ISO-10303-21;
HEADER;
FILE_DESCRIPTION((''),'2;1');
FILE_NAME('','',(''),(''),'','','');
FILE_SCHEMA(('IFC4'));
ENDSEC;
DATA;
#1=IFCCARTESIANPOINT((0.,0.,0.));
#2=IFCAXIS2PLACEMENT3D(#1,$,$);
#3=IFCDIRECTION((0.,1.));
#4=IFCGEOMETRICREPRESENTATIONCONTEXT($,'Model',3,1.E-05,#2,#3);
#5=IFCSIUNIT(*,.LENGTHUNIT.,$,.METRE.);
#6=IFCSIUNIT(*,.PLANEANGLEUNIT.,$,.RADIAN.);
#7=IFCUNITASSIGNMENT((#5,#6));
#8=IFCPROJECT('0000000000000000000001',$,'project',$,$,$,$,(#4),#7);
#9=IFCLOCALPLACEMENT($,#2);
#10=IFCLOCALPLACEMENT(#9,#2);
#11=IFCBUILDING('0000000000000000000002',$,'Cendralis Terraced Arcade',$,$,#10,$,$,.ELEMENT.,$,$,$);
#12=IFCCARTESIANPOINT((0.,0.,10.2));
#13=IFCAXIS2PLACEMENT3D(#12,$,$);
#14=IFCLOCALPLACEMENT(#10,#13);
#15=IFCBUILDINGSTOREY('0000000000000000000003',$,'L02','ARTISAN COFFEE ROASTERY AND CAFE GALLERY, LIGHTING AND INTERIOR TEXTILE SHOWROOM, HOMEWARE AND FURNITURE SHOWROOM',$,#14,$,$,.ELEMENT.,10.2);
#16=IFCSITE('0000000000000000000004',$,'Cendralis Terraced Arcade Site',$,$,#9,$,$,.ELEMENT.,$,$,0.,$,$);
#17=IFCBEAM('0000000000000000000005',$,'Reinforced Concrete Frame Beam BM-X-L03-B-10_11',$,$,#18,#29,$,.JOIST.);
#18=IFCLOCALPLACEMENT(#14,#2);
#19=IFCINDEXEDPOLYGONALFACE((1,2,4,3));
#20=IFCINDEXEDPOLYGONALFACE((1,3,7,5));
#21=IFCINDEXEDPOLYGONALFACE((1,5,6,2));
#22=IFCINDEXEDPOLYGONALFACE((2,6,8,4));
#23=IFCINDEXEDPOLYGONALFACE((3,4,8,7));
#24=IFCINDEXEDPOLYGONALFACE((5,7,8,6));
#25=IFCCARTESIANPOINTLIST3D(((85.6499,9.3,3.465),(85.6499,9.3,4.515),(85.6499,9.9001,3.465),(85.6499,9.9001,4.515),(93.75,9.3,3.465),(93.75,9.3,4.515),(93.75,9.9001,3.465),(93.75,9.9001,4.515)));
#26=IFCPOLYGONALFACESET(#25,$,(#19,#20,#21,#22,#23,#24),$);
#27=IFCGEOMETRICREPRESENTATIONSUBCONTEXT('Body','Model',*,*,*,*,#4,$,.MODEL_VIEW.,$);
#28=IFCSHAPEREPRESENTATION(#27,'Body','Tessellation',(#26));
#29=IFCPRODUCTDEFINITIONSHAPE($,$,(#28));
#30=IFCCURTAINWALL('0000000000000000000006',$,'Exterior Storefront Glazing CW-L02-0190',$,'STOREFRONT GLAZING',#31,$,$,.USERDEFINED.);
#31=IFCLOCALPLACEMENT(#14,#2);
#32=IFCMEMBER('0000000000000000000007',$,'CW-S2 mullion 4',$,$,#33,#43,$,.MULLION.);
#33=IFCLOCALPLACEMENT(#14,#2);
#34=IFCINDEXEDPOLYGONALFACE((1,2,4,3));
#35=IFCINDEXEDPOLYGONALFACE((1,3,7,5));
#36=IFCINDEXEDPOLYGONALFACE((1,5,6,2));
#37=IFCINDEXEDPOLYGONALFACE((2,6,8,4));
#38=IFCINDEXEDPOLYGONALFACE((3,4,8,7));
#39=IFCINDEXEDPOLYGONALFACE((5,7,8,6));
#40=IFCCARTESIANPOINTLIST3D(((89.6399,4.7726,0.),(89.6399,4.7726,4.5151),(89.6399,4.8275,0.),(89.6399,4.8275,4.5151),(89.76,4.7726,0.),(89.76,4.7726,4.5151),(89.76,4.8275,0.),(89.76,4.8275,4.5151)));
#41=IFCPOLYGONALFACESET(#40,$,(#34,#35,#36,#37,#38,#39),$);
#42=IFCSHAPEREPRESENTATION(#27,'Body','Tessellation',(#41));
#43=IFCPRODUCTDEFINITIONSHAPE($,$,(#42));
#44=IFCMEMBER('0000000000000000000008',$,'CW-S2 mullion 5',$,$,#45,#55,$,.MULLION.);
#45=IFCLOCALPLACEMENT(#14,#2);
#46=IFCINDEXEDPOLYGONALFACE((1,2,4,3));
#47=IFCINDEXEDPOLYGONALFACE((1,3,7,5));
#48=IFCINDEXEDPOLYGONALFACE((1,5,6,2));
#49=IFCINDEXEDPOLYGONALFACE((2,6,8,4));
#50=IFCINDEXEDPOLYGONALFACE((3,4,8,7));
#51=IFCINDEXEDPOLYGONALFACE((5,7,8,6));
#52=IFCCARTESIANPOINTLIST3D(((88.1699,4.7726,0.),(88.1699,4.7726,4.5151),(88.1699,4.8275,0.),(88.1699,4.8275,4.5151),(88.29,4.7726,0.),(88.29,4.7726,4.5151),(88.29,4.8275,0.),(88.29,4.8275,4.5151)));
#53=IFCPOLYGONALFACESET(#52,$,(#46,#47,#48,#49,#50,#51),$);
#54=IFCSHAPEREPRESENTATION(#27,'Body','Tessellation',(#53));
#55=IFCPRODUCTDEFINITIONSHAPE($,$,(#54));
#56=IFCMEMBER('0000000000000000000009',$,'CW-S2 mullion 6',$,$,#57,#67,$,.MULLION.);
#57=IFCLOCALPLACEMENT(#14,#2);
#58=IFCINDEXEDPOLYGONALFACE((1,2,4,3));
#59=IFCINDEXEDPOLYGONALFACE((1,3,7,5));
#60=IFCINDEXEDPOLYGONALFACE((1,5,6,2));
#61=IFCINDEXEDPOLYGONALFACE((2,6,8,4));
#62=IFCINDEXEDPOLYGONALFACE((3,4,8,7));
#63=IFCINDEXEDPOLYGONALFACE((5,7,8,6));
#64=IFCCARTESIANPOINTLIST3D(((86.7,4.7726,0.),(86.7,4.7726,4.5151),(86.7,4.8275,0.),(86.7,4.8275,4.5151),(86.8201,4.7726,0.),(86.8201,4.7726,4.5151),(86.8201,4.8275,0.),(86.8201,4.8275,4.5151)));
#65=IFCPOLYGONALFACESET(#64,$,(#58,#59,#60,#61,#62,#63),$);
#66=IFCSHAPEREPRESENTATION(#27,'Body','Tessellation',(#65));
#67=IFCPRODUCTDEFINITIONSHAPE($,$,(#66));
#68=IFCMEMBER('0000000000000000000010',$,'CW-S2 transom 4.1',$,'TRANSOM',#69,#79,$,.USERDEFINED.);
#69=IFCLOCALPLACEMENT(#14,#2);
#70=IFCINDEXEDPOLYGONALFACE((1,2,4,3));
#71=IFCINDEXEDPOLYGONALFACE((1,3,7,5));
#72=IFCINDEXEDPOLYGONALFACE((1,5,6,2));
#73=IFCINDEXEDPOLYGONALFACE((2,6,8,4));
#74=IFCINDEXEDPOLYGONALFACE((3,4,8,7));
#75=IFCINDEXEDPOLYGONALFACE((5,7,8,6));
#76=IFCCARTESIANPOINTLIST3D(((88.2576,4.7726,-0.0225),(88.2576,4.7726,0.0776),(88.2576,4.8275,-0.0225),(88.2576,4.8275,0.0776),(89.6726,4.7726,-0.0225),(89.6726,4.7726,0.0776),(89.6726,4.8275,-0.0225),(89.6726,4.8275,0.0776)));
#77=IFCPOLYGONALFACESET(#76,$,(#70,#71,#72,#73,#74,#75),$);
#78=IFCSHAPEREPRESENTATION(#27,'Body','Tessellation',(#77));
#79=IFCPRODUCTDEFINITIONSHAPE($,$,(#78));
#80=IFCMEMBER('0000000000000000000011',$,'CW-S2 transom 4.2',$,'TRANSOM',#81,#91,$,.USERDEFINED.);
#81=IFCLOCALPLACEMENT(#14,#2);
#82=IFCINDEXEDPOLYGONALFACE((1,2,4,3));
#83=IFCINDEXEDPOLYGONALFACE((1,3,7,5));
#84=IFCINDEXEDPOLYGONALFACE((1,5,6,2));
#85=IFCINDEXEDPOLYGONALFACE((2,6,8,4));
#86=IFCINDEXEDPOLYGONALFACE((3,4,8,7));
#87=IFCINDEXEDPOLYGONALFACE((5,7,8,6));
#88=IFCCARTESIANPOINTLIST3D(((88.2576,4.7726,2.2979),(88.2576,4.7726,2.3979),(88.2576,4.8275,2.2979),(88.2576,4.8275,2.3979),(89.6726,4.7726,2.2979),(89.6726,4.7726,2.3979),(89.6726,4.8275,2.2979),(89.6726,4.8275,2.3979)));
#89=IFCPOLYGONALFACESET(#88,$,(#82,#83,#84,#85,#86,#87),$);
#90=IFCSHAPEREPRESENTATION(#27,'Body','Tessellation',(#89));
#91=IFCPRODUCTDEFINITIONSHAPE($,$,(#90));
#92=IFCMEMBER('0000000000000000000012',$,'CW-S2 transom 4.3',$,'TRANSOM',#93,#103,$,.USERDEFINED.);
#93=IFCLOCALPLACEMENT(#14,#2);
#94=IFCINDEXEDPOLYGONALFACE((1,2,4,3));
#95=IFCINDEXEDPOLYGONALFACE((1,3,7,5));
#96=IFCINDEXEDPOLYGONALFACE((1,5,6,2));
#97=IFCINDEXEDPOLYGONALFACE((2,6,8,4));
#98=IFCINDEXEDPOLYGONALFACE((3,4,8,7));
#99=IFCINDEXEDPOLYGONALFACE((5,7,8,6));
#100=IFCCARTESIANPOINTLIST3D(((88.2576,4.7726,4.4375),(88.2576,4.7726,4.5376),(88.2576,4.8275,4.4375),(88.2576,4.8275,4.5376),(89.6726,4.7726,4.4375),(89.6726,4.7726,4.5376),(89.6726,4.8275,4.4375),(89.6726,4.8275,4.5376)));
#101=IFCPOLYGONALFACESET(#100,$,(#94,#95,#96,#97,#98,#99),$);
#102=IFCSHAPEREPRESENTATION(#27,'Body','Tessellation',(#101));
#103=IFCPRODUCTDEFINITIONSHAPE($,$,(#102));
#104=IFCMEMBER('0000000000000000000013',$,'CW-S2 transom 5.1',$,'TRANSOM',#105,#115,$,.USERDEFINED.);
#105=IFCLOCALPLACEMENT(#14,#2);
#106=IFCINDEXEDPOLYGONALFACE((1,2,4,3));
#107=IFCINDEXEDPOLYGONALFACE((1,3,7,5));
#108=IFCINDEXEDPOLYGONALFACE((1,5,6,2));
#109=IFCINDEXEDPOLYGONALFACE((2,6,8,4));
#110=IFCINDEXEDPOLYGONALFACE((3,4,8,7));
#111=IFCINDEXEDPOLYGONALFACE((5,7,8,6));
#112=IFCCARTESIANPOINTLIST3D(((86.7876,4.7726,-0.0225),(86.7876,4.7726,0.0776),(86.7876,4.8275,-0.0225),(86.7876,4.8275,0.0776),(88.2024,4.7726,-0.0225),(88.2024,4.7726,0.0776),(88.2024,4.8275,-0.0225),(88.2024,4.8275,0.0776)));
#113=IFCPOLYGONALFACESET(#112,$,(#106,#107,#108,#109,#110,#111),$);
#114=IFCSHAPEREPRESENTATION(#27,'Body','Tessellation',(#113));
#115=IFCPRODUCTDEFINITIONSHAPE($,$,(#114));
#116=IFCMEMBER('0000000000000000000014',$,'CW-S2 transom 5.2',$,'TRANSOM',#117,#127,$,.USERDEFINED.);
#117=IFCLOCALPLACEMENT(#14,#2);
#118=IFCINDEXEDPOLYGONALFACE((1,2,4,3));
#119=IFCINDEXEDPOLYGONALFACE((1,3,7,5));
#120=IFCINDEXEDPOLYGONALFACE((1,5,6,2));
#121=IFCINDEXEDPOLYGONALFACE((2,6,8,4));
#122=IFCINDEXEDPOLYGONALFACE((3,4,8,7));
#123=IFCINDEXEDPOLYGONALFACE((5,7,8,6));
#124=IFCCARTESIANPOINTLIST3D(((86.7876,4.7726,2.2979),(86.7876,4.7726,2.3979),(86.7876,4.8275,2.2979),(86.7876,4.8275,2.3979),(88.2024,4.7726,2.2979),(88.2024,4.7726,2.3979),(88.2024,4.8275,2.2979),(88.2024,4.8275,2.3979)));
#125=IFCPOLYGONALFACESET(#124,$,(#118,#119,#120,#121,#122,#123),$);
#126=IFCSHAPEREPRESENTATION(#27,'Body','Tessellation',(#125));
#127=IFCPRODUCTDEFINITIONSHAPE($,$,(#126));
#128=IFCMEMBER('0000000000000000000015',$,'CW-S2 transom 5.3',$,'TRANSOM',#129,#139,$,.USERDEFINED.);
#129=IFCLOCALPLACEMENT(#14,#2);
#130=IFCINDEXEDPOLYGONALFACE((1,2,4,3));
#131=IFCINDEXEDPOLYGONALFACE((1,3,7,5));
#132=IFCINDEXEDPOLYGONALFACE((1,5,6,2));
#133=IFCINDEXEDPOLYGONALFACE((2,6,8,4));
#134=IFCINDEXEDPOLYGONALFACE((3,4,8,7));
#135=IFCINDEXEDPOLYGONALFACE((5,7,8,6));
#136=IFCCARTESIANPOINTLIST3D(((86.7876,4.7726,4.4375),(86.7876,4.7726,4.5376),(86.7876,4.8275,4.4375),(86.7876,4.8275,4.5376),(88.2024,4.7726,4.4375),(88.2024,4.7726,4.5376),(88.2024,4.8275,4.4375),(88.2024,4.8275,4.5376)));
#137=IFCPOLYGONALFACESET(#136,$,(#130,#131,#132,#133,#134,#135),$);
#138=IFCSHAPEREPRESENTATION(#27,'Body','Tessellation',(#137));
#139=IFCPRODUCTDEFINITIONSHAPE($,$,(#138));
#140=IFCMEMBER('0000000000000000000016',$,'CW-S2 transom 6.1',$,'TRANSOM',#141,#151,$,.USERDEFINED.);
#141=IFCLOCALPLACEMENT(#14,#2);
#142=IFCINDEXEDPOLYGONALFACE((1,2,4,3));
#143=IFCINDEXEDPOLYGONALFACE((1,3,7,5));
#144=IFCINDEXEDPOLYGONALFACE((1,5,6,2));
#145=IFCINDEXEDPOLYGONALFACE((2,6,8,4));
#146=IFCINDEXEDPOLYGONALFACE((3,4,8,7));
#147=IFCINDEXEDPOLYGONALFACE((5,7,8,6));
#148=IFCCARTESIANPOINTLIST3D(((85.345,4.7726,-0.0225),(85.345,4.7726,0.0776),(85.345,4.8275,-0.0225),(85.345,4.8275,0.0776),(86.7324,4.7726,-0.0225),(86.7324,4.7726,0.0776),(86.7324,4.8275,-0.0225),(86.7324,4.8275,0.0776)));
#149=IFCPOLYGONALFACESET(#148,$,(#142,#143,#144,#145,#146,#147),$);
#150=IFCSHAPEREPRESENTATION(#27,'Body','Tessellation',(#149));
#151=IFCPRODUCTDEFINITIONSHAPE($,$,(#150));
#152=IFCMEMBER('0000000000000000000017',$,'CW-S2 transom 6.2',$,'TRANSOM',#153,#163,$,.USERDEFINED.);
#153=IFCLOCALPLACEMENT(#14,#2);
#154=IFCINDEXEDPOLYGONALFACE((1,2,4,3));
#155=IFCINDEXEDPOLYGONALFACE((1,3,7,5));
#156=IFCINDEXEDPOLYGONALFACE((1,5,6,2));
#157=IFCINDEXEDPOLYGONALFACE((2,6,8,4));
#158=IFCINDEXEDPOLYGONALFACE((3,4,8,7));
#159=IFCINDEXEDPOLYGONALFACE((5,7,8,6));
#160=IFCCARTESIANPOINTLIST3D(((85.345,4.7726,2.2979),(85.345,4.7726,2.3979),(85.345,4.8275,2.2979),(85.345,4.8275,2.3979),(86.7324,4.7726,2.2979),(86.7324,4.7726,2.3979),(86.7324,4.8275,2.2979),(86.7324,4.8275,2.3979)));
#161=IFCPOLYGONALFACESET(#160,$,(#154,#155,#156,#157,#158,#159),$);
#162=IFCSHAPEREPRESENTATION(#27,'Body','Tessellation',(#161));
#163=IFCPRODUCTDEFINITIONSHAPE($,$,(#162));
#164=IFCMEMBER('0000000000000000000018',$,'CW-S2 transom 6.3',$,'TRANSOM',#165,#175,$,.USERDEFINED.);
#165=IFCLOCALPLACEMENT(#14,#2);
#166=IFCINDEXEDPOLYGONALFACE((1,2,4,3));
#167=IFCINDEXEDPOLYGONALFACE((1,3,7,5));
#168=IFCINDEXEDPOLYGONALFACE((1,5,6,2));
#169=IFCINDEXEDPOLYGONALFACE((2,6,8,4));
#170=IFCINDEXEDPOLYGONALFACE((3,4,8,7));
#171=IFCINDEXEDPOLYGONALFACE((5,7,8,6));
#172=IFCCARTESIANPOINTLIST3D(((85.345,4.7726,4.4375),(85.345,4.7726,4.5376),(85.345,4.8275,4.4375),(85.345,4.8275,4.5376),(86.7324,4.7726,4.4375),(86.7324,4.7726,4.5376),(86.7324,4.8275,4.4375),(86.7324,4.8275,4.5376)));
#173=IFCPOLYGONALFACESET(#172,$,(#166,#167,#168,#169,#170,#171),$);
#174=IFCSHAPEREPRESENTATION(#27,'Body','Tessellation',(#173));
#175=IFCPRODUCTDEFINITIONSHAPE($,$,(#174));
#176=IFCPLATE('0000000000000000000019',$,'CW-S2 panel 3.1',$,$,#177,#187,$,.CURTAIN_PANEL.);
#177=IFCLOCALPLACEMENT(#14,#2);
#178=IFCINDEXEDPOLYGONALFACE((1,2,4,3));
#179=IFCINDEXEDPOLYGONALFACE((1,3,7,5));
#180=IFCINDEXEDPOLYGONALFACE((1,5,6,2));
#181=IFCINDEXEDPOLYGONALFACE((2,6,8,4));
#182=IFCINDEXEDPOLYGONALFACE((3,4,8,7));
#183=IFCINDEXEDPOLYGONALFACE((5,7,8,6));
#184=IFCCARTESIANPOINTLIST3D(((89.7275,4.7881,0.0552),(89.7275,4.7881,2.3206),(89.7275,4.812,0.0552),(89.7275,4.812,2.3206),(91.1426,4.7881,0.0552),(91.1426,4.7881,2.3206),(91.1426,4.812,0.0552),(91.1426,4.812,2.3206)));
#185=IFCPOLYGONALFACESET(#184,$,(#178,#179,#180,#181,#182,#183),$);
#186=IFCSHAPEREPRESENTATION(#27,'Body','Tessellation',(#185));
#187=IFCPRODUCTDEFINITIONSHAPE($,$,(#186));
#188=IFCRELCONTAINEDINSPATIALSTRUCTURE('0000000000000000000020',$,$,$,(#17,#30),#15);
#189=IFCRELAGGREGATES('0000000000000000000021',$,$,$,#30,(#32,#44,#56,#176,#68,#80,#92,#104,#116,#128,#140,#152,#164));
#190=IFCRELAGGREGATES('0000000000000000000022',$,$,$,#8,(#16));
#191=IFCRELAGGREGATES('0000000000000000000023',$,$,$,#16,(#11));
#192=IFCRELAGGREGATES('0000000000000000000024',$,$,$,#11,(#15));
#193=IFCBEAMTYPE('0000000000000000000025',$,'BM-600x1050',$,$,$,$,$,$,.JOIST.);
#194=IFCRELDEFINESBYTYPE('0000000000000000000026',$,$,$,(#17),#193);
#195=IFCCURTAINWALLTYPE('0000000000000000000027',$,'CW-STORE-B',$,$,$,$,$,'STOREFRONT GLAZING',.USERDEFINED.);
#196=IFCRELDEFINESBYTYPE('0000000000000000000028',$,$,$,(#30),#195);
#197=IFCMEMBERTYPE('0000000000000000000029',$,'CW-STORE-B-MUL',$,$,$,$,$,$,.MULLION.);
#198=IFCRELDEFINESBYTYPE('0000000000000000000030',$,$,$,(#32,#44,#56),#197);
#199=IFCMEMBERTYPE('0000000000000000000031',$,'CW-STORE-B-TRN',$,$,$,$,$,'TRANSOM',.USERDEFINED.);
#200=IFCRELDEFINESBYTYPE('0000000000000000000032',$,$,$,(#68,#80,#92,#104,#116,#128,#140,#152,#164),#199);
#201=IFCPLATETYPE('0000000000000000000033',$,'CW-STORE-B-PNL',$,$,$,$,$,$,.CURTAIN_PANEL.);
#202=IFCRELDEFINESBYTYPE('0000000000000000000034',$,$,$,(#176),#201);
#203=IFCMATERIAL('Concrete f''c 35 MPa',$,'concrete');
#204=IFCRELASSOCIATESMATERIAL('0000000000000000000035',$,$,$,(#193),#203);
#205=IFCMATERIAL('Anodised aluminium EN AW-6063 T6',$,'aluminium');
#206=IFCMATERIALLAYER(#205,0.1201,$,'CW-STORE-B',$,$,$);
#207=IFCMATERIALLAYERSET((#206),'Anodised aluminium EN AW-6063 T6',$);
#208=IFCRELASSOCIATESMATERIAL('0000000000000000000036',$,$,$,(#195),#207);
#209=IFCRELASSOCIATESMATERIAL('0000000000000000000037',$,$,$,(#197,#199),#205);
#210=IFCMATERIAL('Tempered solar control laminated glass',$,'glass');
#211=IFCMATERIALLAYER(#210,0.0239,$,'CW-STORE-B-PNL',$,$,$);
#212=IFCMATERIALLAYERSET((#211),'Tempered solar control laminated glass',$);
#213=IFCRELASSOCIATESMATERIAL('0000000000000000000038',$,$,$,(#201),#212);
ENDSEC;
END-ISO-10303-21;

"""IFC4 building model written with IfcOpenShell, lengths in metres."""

from ifc_helpers import new_model, si_unit, direction, frame, origin, origin_2d, place, context, subcontext, project, spatial, rectangle, extrude, material, layer, layer_set, material_profile, profile_set, type_object, element, aggregate, save


model = new_model("IFC4")

# Units and contexts
model_context = context("Model", 3, precision=1e-05, world=origin(), true_north=direction((0.0, 1.0)))
body_context = subcontext(model_context, "Body", "Model", "MODEL_VIEW")
ifc_project = project(units=[si_unit("LENGTHUNIT", "METRE"), si_unit("PLANEANGLEUNIT", "RADIAN")], contexts=[model_context])

# Site, building, storey
site_placement = place(None, origin())
site = spatial("IfcSite", under=ifc_project, at=site_placement, Name="Cendralis Terraced Arcade Site", CompositionType="ELEMENT", RefElevation=0.0)
building_placement = place(site_placement, origin())
building = spatial("IfcBuilding", under=site, at=building_placement, Name="Cendralis Terraced Arcade", CompositionType="ELEMENT")
storey_placement = place(building_placement, frame((0.0, 0.0, 10.2)))
storey = spatial("IfcBuildingStorey", under=building, at=storey_placement, Name="L02", Description="ARTISAN COFFEE ROASTERY AND CAFE GALLERY, LIGHTING AND INTERIOR TEXTILE SHOWROOM, HOMEWARE AND FURNITURE SHOWROOM", CompositionType="ELEMENT", Elevation=10.2)

# Beam
ifc_material_1 = material(Name="Concrete f'c 35 MPa", Category="concrete")
ifc_material_profile_1 = material_profile(ifc_material_1, rectangle(XDim=0.6001, YDim=1.05, at=origin_2d()), Name="RC-BM-600x1050", Category="LoadBearing")
ifc_profile_set_1 = profile_set([ifc_material_profile_1], Name="Concrete f'c 35 MPa")
beam_type = type_object("IfcBeamType", Name="BM-600x1050", PredefinedType="JOIST", material=ifc_profile_set_1)
beam_placement = place(storey_placement, frame((85.6499, 9.6001, 3.99), z_axis=(1.0, 0.0, 0.0), x_axis=(0.0, 1.0, 0.0)))
element("IfcBeam", 1, at=beam_placement, inside=storey, type_object=beam_type, Name="Reinforced Concrete Frame Beam BM-X-L03-B-10_11", PredefinedType="JOIST", context=body_context, shape_type="SweptSolid", body=[
    extrude(rectangle(XDim=0.6001, YDim=1.05, at=origin_2d()), origin(), (0.0, 0.0, 1.0), 8.1001),
])

# Curtain wall, members, plate
ifc_material_2 = material(Name="Anodised aluminium EN AW-6063 T6", Category="aluminium")
ifc_layer_1 = layer(ifc_material_2, 0.1201, Name="CW-STORE-B")
ifc_layer_set_1 = layer_set([ifc_layer_1], Name="Anodised aluminium EN AW-6063 T6")
curtain_wall_type = type_object("IfcCurtainWallType", Name="CW-STORE-B", ElementType="STOREFRONT GLAZING", PredefinedType="USERDEFINED", material=ifc_layer_set_1)
curtain_wall_placement = place(storey_placement, origin())
curtain_wall = element("IfcCurtainWall", 2, at=curtain_wall_placement, inside=storey, type_object=curtain_wall_type, Name="Exterior Storefront Glazing CW-L02-0190", ObjectType="STOREFRONT GLAZING", PredefinedType="USERDEFINED")
ifc_material_profile_2 = material_profile(ifc_material_2, rectangle(XDim=0.0549, YDim=0.1201, at=origin_2d()), Name="ALU-MUL-55x120")
ifc_profile_set_2 = profile_set([ifc_material_profile_2], Name="Anodised aluminium EN AW-6063 T6")
member_type_1 = type_object("IfcMemberType", Name="CW-STORE-B-MUL", PredefinedType="MULLION", material=ifc_profile_set_2)
member_1_placement = place(storey_placement, frame((89.7, 4.8, 0.0), z_axis=(0.0, 0.0, 1.0), x_axis=(0.0, -1.0, 0.0)))
member_1 = element("IfcMember", 3, at=member_1_placement, type_object=member_type_1, Name="CW-S2 mullion 4", PredefinedType="MULLION", context=body_context, shape_type="SweptSolid", body=[
    extrude(rectangle(XDim=0.0549, YDim=0.1201, at=origin_2d()), origin(), (0.0, 0.0, 1.0), 4.5151),
])
member_2_placement = place(storey_placement, frame((88.23, 4.8, 0.0), z_axis=(0.0, 0.0, 1.0), x_axis=(0.0, -1.0, 0.0)))
member_2 = element("IfcMember", 4, at=member_2_placement, type_object=member_type_1, Name="CW-S2 mullion 5", PredefinedType="MULLION", context=body_context, shape_type="SweptSolid", body=[
    extrude(rectangle(XDim=0.0549, YDim=0.1201, at=origin_2d()), origin(), (0.0, 0.0, 1.0), 4.5151),
])
member_3_placement = place(storey_placement, frame((86.76, 4.8, 0.0), z_axis=(0.0, 0.0, 1.0), x_axis=(0.0, -1.0, 0.0)))
member_3 = element("IfcMember", 5, at=member_3_placement, type_object=member_type_1, Name="CW-S2 mullion 6", PredefinedType="MULLION", context=body_context, shape_type="SweptSolid", body=[
    extrude(rectangle(XDim=0.0549, YDim=0.1201, at=origin_2d()), origin(), (0.0, 0.0, 1.0), 4.5151),
])
ifc_material_profile_3 = material_profile(ifc_material_2, rectangle(XDim=0.0549, YDim=0.1001, at=origin_2d()), Name="ALU-TRN-55x100")
ifc_profile_set_3 = profile_set([ifc_material_profile_3], Name="Anodised aluminium EN AW-6063 T6")
member_type_2 = type_object("IfcMemberType", Name="CW-STORE-B-TRN", ElementType="TRANSOM", PredefinedType="USERDEFINED", material=ifc_profile_set_3)
member_4_placement = place(storey_placement, frame((89.6726, 4.8, 0.0276), z_axis=(-1.0, 0.0, 0.0), x_axis=(0.0, -1.0, 0.0)))
member_4 = element("IfcMember", 6, at=member_4_placement, type_object=member_type_2, Name="CW-S2 transom 4.1", ObjectType="TRANSOM", PredefinedType="USERDEFINED", context=body_context, shape_type="SweptSolid", body=[
    extrude(rectangle(XDim=0.0549, YDim=0.1001, at=origin_2d()), origin(), (0.0, 0.0, 1.0), 1.415),
])
member_5_placement = place(storey_placement, frame((89.6726, 4.8, 2.3479), z_axis=(-1.0, 0.0, 0.0), x_axis=(0.0, -1.0, 0.0)))
member_5 = element("IfcMember", 7, at=member_5_placement, type_object=member_type_2, Name="CW-S2 transom 4.2", ObjectType="TRANSOM", PredefinedType="USERDEFINED", context=body_context, shape_type="SweptSolid", body=[
    extrude(rectangle(XDim=0.0549, YDim=0.1001, at=origin_2d()), origin(), (0.0, 0.0, 1.0), 1.415),
])
member_6_placement = place(storey_placement, frame((89.6726, 4.8, 4.4875), z_axis=(-1.0, 0.0, 0.0), x_axis=(0.0, -1.0, 0.0)))
member_6 = element("IfcMember", 8, at=member_6_placement, type_object=member_type_2, Name="CW-S2 transom 4.3", ObjectType="TRANSOM", PredefinedType="USERDEFINED", context=body_context, shape_type="SweptSolid", body=[
    extrude(rectangle(XDim=0.0549, YDim=0.1001, at=origin_2d()), origin(), (0.0, 0.0, 1.0), 1.415),
])
member_7_placement = place(storey_placement, frame((88.2024, 4.8, 0.0276), z_axis=(-1.0, 0.0, 0.0), x_axis=(0.0, -1.0, 0.0)))
member_7 = element("IfcMember", 9, at=member_7_placement, type_object=member_type_2, Name="CW-S2 transom 5.1", ObjectType="TRANSOM", PredefinedType="USERDEFINED", context=body_context, shape_type="SweptSolid", body=[
    extrude(rectangle(XDim=0.0549, YDim=0.1001, at=origin_2d()), origin(), (0.0, 0.0, 1.0), 1.4148),
])
member_8_placement = place(storey_placement, frame((88.2024, 4.8, 2.3479), z_axis=(-1.0, 0.0, 0.0), x_axis=(0.0, -1.0, 0.0)))
member_8 = element("IfcMember", 10, at=member_8_placement, type_object=member_type_2, Name="CW-S2 transom 5.2", ObjectType="TRANSOM", PredefinedType="USERDEFINED", context=body_context, shape_type="SweptSolid", body=[
    extrude(rectangle(XDim=0.0549, YDim=0.1001, at=origin_2d()), origin(), (0.0, 0.0, 1.0), 1.4148),
])
member_9_placement = place(storey_placement, frame((88.2024, 4.8, 4.4875), z_axis=(-1.0, 0.0, 0.0), x_axis=(0.0, -1.0, 0.0)))
member_9 = element("IfcMember", 11, at=member_9_placement, type_object=member_type_2, Name="CW-S2 transom 5.3", ObjectType="TRANSOM", PredefinedType="USERDEFINED", context=body_context, shape_type="SweptSolid", body=[
    extrude(rectangle(XDim=0.0549, YDim=0.1001, at=origin_2d()), origin(), (0.0, 0.0, 1.0), 1.4148),
])
member_10_placement = place(storey_placement, frame((86.7324, 4.8, 0.0276), z_axis=(-1.0, 0.0, 0.0), x_axis=(0.0, -1.0, 0.0)))
member_10 = element("IfcMember", 12, at=member_10_placement, type_object=member_type_2, Name="CW-S2 transom 6.1", ObjectType="TRANSOM", PredefinedType="USERDEFINED", context=body_context, shape_type="SweptSolid", body=[
    extrude(rectangle(XDim=0.0549, YDim=0.1001, at=origin_2d()), origin(), (0.0, 0.0, 1.0), 1.3875),
])
member_11_placement = place(storey_placement, frame((86.7324, 4.8, 2.3479), z_axis=(-1.0, 0.0, 0.0), x_axis=(0.0, -1.0, 0.0)))
member_11 = element("IfcMember", 13, at=member_11_placement, type_object=member_type_2, Name="CW-S2 transom 6.2", ObjectType="TRANSOM", PredefinedType="USERDEFINED", context=body_context, shape_type="SweptSolid", body=[
    extrude(rectangle(XDim=0.0549, YDim=0.1001, at=origin_2d()), origin(), (0.0, 0.0, 1.0), 1.3875),
])
member_12_placement = place(storey_placement, frame((86.7324, 4.8, 4.4875), z_axis=(-1.0, 0.0, 0.0), x_axis=(0.0, -1.0, 0.0)))
member_12 = element("IfcMember", 14, at=member_12_placement, type_object=member_type_2, Name="CW-S2 transom 6.3", ObjectType="TRANSOM", PredefinedType="USERDEFINED", context=body_context, shape_type="SweptSolid", body=[
    extrude(rectangle(XDim=0.0549, YDim=0.1001, at=origin_2d()), origin(), (0.0, 0.0, 1.0), 1.3875),
])
ifc_material_3 = material(Name="Tempered solar control laminated glass", Category="glass")
ifc_layer_2 = layer(ifc_material_3, 0.0239, Name="CW-STORE-B-PNL")
ifc_layer_set_2 = layer_set([ifc_layer_2], Name="Tempered solar control laminated glass")
plate_type = type_object("IfcPlateType", Name="CW-STORE-B-PNL", PredefinedType="CURTAIN_PANEL", material=ifc_layer_set_2)
plate_1_placement = place(storey_placement, frame((90.4351, 4.8, 0.0552), z_axis=(0.0, 0.0, 1.0), x_axis=(-1.0, 0.0, 0.0)))
plate_1 = element("IfcPlate", 15, at=plate_1_placement, type_object=plate_type, Name="CW-S2 panel 3.1", PredefinedType="CURTAIN_PANEL", context=body_context, shape_type="SweptSolid", body=[
    extrude(rectangle(XDim=1.415, YDim=0.0239, at=origin_2d()), origin(), (0.0, 0.0, 1.0), 2.2654),
])
aggregate(curtain_wall, [member_1, member_2, member_3, plate_1, member_4, member_5, member_6, member_7, member_8, member_9, member_10, member_11, member_12])

save(model, "model.ifc")
